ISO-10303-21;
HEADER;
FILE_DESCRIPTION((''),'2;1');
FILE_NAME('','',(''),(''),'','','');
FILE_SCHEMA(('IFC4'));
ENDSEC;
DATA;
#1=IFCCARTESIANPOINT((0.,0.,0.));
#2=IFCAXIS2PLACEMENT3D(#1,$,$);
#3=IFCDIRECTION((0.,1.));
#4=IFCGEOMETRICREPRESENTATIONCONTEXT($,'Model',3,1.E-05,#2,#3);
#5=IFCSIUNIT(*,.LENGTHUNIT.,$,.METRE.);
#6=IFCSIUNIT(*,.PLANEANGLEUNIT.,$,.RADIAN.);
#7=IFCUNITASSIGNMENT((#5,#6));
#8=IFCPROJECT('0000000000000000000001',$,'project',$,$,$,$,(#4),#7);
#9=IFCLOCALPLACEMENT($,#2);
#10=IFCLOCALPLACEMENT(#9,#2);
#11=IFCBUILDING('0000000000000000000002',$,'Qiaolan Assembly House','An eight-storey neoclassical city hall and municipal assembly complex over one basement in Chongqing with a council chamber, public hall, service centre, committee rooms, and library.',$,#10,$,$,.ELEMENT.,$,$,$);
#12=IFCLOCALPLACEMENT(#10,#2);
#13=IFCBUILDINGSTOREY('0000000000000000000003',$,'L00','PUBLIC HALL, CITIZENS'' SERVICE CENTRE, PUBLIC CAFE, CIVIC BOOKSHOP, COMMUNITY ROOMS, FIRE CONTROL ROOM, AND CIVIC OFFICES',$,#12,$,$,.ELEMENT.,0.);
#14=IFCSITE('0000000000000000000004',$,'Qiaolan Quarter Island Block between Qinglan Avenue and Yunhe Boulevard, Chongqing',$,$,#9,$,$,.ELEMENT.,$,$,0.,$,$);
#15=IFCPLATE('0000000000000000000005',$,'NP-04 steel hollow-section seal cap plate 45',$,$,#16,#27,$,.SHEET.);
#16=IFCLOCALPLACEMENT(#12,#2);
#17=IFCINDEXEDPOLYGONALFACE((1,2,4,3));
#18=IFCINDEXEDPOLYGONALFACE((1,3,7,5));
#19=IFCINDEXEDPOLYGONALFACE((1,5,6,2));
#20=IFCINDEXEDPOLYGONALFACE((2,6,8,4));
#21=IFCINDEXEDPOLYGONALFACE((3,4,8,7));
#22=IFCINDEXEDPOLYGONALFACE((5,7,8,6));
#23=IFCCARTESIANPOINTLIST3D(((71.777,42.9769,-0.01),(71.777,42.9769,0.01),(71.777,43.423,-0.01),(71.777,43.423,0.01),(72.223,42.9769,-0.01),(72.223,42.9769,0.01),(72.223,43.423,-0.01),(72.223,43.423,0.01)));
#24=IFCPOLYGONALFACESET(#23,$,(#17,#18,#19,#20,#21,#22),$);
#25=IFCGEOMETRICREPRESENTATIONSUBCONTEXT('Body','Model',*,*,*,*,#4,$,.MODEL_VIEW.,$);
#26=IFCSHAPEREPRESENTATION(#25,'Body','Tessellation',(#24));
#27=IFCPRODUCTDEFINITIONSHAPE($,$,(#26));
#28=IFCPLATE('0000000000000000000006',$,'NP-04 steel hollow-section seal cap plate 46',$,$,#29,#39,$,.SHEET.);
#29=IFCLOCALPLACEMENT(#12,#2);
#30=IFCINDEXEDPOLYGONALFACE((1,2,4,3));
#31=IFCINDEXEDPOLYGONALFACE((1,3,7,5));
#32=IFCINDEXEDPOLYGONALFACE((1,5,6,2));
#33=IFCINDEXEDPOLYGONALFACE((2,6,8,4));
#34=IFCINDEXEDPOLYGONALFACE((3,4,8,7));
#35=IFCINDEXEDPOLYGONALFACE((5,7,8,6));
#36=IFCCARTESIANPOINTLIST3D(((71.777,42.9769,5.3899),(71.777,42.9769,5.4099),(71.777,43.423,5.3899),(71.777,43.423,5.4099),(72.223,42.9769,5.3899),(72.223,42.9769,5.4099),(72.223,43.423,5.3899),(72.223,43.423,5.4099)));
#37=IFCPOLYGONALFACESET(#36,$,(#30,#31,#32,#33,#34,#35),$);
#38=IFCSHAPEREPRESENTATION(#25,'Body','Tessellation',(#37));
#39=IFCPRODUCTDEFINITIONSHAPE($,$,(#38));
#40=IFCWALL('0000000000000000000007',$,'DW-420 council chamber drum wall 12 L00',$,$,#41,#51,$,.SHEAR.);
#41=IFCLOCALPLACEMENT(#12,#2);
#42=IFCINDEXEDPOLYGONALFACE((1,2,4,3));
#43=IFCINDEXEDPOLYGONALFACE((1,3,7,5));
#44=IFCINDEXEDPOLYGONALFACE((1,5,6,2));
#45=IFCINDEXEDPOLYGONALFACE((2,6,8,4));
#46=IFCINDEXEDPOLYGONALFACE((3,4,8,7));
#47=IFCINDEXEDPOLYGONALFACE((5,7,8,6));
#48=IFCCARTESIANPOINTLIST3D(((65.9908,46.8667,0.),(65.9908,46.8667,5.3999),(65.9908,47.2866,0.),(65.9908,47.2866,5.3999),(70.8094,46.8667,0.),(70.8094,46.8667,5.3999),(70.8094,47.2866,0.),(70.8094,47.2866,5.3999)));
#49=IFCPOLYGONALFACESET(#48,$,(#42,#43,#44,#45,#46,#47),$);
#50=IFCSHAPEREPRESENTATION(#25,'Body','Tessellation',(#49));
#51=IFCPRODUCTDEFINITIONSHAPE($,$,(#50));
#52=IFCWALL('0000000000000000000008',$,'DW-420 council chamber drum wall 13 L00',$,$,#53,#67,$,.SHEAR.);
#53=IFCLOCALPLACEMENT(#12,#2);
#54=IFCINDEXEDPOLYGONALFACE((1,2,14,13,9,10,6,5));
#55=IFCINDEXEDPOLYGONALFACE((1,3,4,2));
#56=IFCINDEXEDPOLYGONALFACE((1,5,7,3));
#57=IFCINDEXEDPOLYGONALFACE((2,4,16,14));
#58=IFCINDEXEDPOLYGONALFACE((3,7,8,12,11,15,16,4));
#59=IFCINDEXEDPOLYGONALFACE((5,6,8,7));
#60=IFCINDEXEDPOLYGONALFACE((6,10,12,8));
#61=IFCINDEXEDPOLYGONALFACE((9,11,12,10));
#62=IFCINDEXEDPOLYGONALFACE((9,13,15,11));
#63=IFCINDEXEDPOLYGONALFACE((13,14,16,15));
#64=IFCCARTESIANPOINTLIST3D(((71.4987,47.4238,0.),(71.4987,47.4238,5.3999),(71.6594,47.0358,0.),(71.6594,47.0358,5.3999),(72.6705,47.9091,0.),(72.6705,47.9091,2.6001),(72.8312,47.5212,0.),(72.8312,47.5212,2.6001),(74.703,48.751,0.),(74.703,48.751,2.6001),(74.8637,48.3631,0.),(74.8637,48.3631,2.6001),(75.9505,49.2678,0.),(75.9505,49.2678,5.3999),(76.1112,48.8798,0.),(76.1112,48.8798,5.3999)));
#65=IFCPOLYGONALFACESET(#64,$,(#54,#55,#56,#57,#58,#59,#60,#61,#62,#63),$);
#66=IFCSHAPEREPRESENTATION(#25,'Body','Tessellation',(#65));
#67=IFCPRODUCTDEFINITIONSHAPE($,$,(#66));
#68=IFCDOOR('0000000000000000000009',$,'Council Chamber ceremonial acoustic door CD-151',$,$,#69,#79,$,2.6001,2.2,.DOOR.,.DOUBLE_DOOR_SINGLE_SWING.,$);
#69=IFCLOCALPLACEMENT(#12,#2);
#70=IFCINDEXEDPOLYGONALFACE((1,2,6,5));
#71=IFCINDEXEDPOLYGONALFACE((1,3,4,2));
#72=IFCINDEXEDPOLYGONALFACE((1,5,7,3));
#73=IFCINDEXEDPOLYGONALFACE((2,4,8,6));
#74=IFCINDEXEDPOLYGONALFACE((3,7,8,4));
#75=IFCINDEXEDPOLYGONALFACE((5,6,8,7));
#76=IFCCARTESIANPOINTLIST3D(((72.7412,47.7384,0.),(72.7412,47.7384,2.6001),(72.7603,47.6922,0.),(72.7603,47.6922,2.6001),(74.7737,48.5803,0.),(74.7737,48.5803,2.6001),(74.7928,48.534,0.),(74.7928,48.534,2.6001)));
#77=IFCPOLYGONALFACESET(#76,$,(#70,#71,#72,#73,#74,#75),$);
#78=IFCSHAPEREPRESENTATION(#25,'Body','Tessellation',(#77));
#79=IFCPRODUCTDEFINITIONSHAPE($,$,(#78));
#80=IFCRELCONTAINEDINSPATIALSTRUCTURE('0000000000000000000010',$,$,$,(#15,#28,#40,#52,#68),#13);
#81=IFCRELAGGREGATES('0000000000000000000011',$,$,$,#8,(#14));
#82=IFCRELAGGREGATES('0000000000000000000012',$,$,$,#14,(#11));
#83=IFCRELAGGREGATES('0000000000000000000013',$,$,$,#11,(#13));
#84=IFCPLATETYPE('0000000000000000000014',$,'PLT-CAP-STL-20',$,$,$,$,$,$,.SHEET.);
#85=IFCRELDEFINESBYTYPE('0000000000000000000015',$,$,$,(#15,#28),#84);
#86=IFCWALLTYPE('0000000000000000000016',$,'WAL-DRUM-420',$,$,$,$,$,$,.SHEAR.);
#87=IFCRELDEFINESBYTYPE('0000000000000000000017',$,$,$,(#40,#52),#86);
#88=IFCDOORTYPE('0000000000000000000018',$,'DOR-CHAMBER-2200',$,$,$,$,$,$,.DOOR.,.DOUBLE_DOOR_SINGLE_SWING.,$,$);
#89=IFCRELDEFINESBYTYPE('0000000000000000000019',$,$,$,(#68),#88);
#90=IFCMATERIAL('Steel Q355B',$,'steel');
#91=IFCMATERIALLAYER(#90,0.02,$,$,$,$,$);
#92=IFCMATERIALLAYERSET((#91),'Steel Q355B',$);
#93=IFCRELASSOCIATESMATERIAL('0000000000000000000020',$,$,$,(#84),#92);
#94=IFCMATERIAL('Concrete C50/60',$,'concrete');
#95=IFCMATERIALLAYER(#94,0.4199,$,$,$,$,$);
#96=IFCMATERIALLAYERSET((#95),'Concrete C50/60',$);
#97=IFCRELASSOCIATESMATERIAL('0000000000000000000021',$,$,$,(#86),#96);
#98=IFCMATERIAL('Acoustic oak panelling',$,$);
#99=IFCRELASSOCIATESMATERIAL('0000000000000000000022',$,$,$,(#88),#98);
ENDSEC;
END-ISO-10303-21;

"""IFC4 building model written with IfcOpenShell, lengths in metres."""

from ifc_helpers import new_model, si_unit, direction, frame, frame_2d, origin, origin_2d, place, context, subcontext, project, spatial, rectangle, extrude, material, layer, layer_set, type_object, element, fill, save


model = new_model("IFC4")

# Units and contexts
model_context = context("Model", 3, precision=1e-05, world=origin(), true_north=direction((0.0, 1.0)))
body_context = subcontext(model_context, "Body", "Model", "MODEL_VIEW")
ifc_project = project(units=[si_unit("LENGTHUNIT", "METRE"), si_unit("PLANEANGLEUNIT", "RADIAN")], contexts=[model_context])

# Site, building, storey
site_placement = place(None, origin())
site = spatial("IfcSite", under=ifc_project, at=site_placement, Name="Qiaolan Quarter Island Block between Qinglan Avenue and Yunhe Boulevard, Chongqing", CompositionType="ELEMENT", RefElevation=0.0)
building_placement = place(site_placement, origin())
building = spatial("IfcBuilding", under=site, at=building_placement, Name="Qiaolan Assembly House", Description="An eight-storey neoclassical city hall and municipal assembly complex over one basement in Chongqing with a council chamber, public hall, service centre, committee rooms, and library.", CompositionType="ELEMENT")
storey_placement = place(building_placement, origin())
storey = spatial("IfcBuildingStorey", under=building, at=storey_placement, Name="L00", Description="PUBLIC HALL, CITIZENS' SERVICE CENTRE, PUBLIC CAFE, CIVIC BOOKSHOP, COMMUNITY ROOMS, FIRE CONTROL ROOM, AND CIVIC OFFICES", CompositionType="ELEMENT", Elevation=0.0)

# Shared definitions
ifc_material_1 = material(Name="Concrete C50/60", Category="concrete")
ifc_material_2 = material(Name="Steel Q355B", Category="steel")

# Plates
ifc_layer_1 = layer(ifc_material_2, 0.02)
ifc_layer_set_1 = layer_set([ifc_layer_1], Name="Steel Q355B")
plate_type_1 = type_object("IfcPlateType", Name="PLT-CAP-STL-20", PredefinedType="SHEET", material=ifc_layer_set_1)
for number, where, z_axis, x_axis, name in (
    (1, (72.0, 43.2, -0.01), (0.0, 0.0, 1.0), (1.0, 0.0, 0.0), "NP-04 steel hollow-section seal cap plate 45"),
    (2, (72.0, 43.2, 5.3899), (0.0, 0.0, 1.0), (1.0, 0.0, 0.0), "NP-04 steel hollow-section seal cap plate 46"),
):
    element("IfcPlate", number, at=place(storey_placement, frame(where, z_axis=z_axis, x_axis=x_axis)), inside=storey, type_object=plate_type_1, Name=name, PredefinedType="SHEET", context=body_context, shape_type="SweptSolid", body=[
        extrude(rectangle(XDim=0.446, YDim=0.446, at=origin_2d()), origin(), (0.0, 0.0, 1.0), 0.02),
    ])

# Wall
ifc_layer_2 = layer(ifc_material_1, 0.4199)
ifc_layer_set_2 = layer_set([ifc_layer_2], Name="Concrete C50/60")
wall_type = type_object("IfcWallType", Name="WAL-DRUM-420", PredefinedType="SHEAR", material=ifc_layer_set_2)
wall_1_placement = place(storey_placement, frame((70.8093, 47.0767, 0.0), z_axis=(0.0, 0.0, 1.0), x_axis=(-1.0, 0.0, 0.0)))
element("IfcWall", 3, at=wall_1_placement, inside=storey, type_object=wall_type, Name="DW-420 council chamber drum wall 12 L00", PredefinedType="SHEAR", context=body_context, shape_type="SweptSolid", body=[
    extrude(rectangle(XDim=4.8186, YDim=0.4199, at=frame_2d((2.4092, 0.0))), origin(), (0.0, 0.0, 1.0), 5.3999),
])

# Wall, opening, door
wall_2_placement = place(storey_placement, frame((76.0308, 49.0737, 0.0), z_axis=(0.0, 0.0, 1.0), x_axis=(-0.923883, -0.382675, 0.0)))
wall_2 = element("IfcWall", 4, at=wall_2_placement, inside=storey, type_object=wall_type, Name="DW-420 council chamber drum wall 13 L00", PredefinedType="SHEAR", context=body_context, shape_type="SweptSolid", body=[
    extrude(rectangle(XDim=4.8186, YDim=0.4199, at=frame_2d((2.4092, 0.0))), origin(), (0.0, 0.0, 1.0), 5.3999),
])
opening_placement = place(wall_2_placement, frame((1.3501, 0.0, 0.0)))
opening = element("IfcOpeningElement", 5, at=opening_placement, cuts=wall_2, PredefinedType="OPENING", context=body_context, shape_type="SweptSolid", body=[
    extrude(rectangle(XDim=2.2, YDim=2.6001, at=frame_2d((1.1001, 1.3))), frame((0.0, 0.22, 0.0), z_axis=(0.0, -1.0, 0.0), x_axis=(1.0, 0.0, 0.0)), (0.0, 0.0, 1.0), 0.4399),
])
ifc_material_3 = material(Name="Acoustic oak panelling")
door_type = type_object("IfcDoorType", Name="DOR-CHAMBER-2200", OperationType="DOUBLE_DOOR_SINGLE_SWING", PredefinedType="DOOR", material=ifc_material_3)
door_placement = place(opening_placement, origin())
door = element("IfcDoor", 6, at=door_placement, inside=storey, type_object=door_type, Name="Council Chamber ceremonial acoustic door CD-151", OperationType="DOUBLE_DOOR_SINGLE_SWING", OverallHeight=2.6001, OverallWidth=2.2, PredefinedType="DOOR", context=body_context, shape_type="SweptSolid", body=[
    extrude(rectangle(XDim=2.2, YDim=2.6001, at=frame_2d((1.1001, 1.3))), frame((0.0, 0.0249, 0.0), z_axis=(0.0, -1.0, 0.0), x_axis=(1.0, 0.0, 0.0)), (0.0, 0.0, 1.0), 0.05),
])
fill(opening, door)

save(model, "model.ifc")
